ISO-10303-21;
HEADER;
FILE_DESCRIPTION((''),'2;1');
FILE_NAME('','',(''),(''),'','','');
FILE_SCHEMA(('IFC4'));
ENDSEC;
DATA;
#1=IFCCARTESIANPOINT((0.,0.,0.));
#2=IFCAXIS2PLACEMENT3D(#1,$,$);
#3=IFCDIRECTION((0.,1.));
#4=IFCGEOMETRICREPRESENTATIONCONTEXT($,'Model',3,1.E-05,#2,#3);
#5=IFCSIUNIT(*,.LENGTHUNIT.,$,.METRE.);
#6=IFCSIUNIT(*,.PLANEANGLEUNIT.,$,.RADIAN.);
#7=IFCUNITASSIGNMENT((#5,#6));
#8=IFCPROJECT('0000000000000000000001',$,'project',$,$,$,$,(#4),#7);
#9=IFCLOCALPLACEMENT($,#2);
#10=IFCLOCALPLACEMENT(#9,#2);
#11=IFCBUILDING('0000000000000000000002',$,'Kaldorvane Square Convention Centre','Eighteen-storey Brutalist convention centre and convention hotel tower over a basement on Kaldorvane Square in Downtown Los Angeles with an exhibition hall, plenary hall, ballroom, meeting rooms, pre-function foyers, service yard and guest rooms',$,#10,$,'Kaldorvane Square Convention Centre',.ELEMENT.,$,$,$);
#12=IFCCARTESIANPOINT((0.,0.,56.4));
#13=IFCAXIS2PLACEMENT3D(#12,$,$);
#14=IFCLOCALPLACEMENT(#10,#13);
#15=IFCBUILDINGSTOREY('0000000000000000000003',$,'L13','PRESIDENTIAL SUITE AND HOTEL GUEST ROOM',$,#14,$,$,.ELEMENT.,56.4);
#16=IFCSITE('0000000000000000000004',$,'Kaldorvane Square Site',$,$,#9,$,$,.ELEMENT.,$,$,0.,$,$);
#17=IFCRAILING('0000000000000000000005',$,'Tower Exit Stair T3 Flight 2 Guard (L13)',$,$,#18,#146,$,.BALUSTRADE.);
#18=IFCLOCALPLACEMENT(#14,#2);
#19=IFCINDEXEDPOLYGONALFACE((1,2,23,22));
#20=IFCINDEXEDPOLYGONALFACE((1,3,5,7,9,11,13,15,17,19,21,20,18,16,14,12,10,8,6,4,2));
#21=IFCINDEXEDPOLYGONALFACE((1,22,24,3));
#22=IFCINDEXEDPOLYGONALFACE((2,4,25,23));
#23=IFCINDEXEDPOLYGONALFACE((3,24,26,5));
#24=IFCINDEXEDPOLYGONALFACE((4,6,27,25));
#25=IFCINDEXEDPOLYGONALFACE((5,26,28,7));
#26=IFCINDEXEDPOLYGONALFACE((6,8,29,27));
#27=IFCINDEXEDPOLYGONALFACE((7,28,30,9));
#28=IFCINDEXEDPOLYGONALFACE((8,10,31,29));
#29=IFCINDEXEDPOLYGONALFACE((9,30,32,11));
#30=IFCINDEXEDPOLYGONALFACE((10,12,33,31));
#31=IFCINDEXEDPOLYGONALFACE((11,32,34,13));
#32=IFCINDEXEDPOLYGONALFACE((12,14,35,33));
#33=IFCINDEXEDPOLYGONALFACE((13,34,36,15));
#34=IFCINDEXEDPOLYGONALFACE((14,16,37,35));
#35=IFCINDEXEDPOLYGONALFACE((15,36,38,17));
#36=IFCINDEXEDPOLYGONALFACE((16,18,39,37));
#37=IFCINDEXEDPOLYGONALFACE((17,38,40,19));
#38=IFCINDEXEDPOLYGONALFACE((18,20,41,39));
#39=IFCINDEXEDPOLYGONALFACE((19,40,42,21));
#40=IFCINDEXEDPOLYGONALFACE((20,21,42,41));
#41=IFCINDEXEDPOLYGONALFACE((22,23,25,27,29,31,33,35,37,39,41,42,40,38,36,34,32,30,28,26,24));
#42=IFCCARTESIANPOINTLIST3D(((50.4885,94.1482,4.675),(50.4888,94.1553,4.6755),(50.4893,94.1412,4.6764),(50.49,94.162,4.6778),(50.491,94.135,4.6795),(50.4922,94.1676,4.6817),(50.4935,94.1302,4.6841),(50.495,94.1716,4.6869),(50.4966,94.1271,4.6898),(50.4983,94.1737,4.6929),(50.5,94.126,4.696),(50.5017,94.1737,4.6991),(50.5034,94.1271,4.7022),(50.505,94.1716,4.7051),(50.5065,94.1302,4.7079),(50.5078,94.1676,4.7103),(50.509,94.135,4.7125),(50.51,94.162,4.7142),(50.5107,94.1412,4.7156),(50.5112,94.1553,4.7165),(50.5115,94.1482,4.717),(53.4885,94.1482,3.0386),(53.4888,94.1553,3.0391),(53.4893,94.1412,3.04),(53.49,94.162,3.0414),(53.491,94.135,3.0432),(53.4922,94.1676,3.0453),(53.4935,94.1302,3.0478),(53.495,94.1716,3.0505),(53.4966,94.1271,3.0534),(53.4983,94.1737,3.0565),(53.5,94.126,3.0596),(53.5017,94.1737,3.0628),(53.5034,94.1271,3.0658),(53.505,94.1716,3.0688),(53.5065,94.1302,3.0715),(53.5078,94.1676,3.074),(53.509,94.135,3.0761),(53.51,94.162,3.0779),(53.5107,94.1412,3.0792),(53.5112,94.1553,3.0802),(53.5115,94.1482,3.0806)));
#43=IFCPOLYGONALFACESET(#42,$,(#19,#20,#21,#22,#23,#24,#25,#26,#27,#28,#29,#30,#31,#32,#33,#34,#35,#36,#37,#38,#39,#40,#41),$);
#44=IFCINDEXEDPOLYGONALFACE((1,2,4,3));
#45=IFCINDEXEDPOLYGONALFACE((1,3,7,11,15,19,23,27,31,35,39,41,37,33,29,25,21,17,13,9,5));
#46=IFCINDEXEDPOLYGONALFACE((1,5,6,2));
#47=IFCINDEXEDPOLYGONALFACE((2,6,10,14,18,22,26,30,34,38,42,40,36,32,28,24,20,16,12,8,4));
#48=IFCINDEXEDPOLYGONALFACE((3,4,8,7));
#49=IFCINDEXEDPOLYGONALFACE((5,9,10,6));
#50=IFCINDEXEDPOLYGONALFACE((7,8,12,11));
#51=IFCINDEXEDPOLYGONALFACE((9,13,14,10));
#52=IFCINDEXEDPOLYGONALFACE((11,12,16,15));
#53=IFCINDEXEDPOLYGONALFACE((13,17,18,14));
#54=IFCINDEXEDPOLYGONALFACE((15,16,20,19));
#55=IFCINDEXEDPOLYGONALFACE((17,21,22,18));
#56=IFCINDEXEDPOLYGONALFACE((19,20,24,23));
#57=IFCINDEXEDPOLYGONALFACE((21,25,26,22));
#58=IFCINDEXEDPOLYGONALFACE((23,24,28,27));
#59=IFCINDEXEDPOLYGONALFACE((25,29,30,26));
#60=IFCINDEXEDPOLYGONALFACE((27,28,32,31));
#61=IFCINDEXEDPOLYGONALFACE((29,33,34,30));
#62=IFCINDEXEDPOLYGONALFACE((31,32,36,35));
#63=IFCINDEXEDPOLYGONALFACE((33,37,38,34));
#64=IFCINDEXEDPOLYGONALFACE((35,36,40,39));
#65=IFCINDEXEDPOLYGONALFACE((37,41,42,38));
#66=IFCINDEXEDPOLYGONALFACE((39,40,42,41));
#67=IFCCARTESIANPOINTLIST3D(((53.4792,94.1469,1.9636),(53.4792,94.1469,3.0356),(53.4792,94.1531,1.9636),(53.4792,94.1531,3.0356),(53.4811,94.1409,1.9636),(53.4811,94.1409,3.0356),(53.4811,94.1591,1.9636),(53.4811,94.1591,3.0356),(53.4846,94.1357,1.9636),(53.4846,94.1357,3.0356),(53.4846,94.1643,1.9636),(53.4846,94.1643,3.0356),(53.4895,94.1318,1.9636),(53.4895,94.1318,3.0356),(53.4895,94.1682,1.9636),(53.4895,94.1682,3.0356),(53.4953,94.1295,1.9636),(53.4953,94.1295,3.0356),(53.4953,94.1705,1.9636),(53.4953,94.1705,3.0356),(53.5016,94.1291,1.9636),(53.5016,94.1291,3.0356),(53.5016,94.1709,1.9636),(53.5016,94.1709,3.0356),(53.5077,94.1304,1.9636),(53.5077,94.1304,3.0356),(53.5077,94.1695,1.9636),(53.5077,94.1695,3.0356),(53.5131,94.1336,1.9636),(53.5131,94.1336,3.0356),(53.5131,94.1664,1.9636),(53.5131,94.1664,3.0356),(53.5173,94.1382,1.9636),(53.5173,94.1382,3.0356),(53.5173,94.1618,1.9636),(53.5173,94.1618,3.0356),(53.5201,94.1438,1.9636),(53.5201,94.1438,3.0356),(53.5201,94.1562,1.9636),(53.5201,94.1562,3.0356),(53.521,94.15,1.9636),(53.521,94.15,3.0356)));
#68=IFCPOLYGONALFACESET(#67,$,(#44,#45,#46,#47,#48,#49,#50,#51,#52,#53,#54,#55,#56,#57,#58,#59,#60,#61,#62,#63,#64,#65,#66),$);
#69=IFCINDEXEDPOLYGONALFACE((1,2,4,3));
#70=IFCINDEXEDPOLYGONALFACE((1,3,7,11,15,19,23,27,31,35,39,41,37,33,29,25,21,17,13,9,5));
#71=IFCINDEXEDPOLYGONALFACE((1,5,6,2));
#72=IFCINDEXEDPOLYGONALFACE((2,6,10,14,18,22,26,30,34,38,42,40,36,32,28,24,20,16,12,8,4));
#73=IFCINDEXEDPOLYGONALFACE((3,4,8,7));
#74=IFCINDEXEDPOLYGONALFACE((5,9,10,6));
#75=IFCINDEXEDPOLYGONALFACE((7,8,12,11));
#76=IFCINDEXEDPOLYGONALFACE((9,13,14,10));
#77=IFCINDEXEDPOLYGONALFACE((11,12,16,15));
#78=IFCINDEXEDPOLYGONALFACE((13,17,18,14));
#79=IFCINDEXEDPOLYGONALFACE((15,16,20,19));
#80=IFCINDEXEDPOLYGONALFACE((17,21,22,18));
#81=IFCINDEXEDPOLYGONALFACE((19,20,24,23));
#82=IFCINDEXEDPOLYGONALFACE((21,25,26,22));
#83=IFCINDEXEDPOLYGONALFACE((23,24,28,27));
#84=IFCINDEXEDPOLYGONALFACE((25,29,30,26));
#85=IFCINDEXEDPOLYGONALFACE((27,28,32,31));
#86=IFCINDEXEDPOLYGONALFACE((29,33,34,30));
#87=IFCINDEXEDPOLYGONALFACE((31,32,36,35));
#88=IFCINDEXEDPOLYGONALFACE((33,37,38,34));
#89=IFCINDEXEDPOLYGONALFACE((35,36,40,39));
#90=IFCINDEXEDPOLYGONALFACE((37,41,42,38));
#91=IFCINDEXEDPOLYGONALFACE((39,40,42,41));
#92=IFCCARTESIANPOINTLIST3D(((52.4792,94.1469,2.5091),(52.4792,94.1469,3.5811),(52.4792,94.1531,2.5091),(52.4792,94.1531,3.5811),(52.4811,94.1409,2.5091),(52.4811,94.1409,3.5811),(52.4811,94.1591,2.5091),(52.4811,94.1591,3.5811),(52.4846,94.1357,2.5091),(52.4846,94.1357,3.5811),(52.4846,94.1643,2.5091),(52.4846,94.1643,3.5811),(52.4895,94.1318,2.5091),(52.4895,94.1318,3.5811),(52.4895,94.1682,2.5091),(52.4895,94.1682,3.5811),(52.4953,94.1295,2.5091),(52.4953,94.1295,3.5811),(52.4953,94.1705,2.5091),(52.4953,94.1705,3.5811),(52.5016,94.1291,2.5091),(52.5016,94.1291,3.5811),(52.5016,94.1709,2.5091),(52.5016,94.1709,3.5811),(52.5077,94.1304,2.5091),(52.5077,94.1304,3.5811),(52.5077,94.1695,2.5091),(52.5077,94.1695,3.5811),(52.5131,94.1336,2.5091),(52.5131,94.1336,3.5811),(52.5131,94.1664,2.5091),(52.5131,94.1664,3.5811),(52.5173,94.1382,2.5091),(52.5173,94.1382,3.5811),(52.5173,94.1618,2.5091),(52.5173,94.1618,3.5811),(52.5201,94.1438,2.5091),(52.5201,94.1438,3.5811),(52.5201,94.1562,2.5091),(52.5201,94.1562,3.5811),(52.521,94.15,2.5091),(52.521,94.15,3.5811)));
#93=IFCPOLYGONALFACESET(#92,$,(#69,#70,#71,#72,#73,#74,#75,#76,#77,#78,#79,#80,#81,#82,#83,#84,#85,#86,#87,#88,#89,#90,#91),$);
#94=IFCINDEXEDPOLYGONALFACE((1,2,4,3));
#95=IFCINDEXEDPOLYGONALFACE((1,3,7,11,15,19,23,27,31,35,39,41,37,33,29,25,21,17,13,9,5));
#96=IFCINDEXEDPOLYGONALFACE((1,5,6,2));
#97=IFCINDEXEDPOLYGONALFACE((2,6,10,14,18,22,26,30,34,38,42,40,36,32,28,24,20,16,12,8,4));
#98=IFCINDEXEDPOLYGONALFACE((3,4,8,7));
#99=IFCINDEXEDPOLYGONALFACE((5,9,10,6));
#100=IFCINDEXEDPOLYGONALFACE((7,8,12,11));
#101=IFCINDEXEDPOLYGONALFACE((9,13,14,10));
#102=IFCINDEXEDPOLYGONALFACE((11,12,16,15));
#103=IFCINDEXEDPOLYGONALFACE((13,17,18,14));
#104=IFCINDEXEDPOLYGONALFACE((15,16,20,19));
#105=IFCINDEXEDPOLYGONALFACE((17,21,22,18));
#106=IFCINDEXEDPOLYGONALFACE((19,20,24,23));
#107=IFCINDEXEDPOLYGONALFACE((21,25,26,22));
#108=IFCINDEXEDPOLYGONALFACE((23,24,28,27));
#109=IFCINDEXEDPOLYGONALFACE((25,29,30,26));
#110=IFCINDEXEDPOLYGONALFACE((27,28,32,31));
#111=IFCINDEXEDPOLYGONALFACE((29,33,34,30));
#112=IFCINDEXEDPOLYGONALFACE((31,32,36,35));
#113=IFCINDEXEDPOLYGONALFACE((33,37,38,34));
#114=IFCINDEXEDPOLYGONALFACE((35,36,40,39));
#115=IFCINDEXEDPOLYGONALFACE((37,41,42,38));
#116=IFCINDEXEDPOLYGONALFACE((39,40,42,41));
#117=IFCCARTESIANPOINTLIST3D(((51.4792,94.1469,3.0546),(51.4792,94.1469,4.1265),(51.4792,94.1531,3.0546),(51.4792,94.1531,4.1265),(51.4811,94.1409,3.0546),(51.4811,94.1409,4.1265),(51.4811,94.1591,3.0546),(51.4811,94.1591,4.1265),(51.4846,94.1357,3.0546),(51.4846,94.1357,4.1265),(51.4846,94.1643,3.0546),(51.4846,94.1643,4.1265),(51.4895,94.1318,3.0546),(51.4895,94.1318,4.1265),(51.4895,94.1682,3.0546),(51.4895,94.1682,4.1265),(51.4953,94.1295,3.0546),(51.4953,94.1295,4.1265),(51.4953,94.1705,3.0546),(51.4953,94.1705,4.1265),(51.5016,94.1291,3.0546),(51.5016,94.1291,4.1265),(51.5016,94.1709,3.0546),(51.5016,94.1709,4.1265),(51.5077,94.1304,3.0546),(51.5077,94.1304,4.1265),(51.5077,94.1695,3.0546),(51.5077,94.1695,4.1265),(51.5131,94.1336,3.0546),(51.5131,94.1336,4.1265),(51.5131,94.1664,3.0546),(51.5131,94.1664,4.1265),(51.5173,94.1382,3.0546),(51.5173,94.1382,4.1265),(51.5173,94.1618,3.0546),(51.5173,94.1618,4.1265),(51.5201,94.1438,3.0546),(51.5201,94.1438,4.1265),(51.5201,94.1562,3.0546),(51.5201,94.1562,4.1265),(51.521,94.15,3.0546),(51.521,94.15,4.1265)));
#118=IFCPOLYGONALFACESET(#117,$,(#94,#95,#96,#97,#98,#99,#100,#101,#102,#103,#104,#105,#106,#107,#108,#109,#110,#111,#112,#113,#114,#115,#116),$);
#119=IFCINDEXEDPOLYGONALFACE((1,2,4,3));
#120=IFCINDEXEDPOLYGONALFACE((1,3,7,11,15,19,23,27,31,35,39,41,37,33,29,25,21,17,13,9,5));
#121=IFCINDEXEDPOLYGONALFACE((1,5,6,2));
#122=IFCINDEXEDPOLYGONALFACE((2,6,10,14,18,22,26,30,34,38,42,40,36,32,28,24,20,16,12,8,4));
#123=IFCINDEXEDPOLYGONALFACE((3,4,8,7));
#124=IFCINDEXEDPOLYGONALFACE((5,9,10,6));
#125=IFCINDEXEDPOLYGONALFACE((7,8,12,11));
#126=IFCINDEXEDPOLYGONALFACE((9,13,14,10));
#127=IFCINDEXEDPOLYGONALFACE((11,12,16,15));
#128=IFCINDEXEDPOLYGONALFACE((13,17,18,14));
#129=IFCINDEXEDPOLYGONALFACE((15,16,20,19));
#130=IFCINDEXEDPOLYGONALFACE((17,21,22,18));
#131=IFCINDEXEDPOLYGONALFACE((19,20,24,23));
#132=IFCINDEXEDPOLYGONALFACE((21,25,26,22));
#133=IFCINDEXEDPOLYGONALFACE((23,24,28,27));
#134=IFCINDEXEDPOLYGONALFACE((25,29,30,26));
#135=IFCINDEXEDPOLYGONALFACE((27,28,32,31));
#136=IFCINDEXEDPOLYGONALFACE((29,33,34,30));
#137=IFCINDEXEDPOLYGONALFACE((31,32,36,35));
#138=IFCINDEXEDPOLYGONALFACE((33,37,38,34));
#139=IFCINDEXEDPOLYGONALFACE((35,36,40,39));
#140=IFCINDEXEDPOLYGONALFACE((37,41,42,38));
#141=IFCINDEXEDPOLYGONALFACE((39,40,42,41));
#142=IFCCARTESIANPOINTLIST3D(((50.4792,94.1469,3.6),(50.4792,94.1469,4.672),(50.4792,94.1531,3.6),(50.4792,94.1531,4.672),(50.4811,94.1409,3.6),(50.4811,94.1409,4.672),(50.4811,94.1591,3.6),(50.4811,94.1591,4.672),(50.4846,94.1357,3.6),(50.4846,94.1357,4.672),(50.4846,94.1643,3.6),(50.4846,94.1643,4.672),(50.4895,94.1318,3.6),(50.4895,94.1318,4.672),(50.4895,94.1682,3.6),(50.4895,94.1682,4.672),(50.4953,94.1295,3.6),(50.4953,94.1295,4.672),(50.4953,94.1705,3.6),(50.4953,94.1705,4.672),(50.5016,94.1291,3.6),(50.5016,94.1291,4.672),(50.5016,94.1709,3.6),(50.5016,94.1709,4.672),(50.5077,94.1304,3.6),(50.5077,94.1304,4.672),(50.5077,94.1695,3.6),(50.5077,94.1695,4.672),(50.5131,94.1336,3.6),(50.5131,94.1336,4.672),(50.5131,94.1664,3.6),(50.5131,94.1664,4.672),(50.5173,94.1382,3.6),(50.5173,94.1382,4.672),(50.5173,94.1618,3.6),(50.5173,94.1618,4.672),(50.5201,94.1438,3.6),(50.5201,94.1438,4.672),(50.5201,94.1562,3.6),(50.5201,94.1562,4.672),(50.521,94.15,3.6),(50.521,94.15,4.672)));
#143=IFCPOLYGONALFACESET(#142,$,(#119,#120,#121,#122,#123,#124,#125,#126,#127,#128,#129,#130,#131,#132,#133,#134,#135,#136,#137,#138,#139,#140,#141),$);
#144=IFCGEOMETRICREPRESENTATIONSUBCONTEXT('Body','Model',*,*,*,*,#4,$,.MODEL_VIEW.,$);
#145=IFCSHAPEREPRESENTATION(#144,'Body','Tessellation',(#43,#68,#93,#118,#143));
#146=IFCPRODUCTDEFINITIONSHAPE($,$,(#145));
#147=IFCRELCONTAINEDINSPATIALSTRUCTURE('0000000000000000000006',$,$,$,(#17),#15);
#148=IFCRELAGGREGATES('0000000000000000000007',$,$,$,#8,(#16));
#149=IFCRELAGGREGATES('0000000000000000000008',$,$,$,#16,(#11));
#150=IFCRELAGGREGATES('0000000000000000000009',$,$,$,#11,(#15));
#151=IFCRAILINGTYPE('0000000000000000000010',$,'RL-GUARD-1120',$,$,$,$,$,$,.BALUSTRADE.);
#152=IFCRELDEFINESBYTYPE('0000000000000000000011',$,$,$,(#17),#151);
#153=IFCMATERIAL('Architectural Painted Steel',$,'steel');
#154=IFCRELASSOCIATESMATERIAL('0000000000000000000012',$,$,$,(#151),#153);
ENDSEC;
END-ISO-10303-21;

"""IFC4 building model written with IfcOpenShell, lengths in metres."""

from ifc_helpers import new_model, si_unit, direction, frame, origin, origin_2d, place, context, subcontext, project, spatial, circle, extrude, material, type_object, element, save


model = new_model("IFC4")

# Units and contexts
model_context = context("Model", 3, precision=1e-05, world=origin(), true_north=direction((0.0, 1.0)))
body_context = subcontext(model_context, "Body", "Model", "MODEL_VIEW")
ifc_project = project(units=[si_unit("LENGTHUNIT", "METRE"), si_unit("PLANEANGLEUNIT", "RADIAN")], contexts=[model_context])

# Site, building, storey
site_placement = place(None, origin())
site = spatial("IfcSite", under=ifc_project, at=site_placement, Name="Kaldorvane Square Site", CompositionType="ELEMENT", RefElevation=0.0)
building_placement = place(site_placement, origin())
building = spatial("IfcBuilding", under=site, at=building_placement, Name="Kaldorvane Square Convention Centre", Description="Eighteen-storey Brutalist convention centre and convention hotel tower over a basement on Kaldorvane Square in Downtown Los Angeles with an exhibition hall, plenary hall, ballroom, meeting rooms, pre-function foyers, service yard and guest rooms", LongName="Kaldorvane Square Convention Centre", CompositionType="ELEMENT")
storey_placement = place(building_placement, frame((0.0, 0.0, 56.4)))
storey = spatial("IfcBuildingStorey", under=building, at=storey_placement, Name="L13", Description="PRESIDENTIAL SUITE AND HOTEL GUEST ROOM", CompositionType="ELEMENT", Elevation=56.4)

# Railing
ifc_material_1 = material(Name="Architectural Painted Steel", Category="steel")
railing_type_1 = type_object("IfcRailingType", Name="RL-GUARD-1120", PredefinedType="BALUSTRADE", material=ifc_material_1)
railing_1_placement = place(storey_placement, frame((53.5, 94.15, 1.9636)))
element("IfcRailing", 1, at=railing_1_placement, inside=storey, type_object=railing_type_1, Name="Tower Exit Stair T3 Flight 2 Guard (L13)", PredefinedType="BALUSTRADE", context=body_context, shape_type="SweptSolid", body=[
    extrude(circle(Radius=0.024, at=origin_2d()), frame((0.0, 0.0, 1.096), z_axis=(-0.877895, 0.0, 0.478853), x_axis=(0.0, -1.0, 0.0)), (0.0, 0.0, 1.0), 3.4173),
    extrude(circle(Radius=0.021, at=origin_2d()), origin(), (0.0, 0.0, 1.0), 1.072),
    extrude(circle(Radius=0.021, at=origin_2d()), frame((-1.0, 0.0, 0.5455)), (0.0, 0.0, 1.0), 1.072),
    extrude(circle(Radius=0.021, at=origin_2d()), frame((-2.0, 0.0, 1.0909)), (0.0, 0.0, 1.0), 1.072),
    extrude(circle(Radius=0.021, at=origin_2d()), frame((-3.0, 0.0, 1.6364)), (0.0, 0.0, 1.0), 1.072),
])

save(model, "model.ifc")
